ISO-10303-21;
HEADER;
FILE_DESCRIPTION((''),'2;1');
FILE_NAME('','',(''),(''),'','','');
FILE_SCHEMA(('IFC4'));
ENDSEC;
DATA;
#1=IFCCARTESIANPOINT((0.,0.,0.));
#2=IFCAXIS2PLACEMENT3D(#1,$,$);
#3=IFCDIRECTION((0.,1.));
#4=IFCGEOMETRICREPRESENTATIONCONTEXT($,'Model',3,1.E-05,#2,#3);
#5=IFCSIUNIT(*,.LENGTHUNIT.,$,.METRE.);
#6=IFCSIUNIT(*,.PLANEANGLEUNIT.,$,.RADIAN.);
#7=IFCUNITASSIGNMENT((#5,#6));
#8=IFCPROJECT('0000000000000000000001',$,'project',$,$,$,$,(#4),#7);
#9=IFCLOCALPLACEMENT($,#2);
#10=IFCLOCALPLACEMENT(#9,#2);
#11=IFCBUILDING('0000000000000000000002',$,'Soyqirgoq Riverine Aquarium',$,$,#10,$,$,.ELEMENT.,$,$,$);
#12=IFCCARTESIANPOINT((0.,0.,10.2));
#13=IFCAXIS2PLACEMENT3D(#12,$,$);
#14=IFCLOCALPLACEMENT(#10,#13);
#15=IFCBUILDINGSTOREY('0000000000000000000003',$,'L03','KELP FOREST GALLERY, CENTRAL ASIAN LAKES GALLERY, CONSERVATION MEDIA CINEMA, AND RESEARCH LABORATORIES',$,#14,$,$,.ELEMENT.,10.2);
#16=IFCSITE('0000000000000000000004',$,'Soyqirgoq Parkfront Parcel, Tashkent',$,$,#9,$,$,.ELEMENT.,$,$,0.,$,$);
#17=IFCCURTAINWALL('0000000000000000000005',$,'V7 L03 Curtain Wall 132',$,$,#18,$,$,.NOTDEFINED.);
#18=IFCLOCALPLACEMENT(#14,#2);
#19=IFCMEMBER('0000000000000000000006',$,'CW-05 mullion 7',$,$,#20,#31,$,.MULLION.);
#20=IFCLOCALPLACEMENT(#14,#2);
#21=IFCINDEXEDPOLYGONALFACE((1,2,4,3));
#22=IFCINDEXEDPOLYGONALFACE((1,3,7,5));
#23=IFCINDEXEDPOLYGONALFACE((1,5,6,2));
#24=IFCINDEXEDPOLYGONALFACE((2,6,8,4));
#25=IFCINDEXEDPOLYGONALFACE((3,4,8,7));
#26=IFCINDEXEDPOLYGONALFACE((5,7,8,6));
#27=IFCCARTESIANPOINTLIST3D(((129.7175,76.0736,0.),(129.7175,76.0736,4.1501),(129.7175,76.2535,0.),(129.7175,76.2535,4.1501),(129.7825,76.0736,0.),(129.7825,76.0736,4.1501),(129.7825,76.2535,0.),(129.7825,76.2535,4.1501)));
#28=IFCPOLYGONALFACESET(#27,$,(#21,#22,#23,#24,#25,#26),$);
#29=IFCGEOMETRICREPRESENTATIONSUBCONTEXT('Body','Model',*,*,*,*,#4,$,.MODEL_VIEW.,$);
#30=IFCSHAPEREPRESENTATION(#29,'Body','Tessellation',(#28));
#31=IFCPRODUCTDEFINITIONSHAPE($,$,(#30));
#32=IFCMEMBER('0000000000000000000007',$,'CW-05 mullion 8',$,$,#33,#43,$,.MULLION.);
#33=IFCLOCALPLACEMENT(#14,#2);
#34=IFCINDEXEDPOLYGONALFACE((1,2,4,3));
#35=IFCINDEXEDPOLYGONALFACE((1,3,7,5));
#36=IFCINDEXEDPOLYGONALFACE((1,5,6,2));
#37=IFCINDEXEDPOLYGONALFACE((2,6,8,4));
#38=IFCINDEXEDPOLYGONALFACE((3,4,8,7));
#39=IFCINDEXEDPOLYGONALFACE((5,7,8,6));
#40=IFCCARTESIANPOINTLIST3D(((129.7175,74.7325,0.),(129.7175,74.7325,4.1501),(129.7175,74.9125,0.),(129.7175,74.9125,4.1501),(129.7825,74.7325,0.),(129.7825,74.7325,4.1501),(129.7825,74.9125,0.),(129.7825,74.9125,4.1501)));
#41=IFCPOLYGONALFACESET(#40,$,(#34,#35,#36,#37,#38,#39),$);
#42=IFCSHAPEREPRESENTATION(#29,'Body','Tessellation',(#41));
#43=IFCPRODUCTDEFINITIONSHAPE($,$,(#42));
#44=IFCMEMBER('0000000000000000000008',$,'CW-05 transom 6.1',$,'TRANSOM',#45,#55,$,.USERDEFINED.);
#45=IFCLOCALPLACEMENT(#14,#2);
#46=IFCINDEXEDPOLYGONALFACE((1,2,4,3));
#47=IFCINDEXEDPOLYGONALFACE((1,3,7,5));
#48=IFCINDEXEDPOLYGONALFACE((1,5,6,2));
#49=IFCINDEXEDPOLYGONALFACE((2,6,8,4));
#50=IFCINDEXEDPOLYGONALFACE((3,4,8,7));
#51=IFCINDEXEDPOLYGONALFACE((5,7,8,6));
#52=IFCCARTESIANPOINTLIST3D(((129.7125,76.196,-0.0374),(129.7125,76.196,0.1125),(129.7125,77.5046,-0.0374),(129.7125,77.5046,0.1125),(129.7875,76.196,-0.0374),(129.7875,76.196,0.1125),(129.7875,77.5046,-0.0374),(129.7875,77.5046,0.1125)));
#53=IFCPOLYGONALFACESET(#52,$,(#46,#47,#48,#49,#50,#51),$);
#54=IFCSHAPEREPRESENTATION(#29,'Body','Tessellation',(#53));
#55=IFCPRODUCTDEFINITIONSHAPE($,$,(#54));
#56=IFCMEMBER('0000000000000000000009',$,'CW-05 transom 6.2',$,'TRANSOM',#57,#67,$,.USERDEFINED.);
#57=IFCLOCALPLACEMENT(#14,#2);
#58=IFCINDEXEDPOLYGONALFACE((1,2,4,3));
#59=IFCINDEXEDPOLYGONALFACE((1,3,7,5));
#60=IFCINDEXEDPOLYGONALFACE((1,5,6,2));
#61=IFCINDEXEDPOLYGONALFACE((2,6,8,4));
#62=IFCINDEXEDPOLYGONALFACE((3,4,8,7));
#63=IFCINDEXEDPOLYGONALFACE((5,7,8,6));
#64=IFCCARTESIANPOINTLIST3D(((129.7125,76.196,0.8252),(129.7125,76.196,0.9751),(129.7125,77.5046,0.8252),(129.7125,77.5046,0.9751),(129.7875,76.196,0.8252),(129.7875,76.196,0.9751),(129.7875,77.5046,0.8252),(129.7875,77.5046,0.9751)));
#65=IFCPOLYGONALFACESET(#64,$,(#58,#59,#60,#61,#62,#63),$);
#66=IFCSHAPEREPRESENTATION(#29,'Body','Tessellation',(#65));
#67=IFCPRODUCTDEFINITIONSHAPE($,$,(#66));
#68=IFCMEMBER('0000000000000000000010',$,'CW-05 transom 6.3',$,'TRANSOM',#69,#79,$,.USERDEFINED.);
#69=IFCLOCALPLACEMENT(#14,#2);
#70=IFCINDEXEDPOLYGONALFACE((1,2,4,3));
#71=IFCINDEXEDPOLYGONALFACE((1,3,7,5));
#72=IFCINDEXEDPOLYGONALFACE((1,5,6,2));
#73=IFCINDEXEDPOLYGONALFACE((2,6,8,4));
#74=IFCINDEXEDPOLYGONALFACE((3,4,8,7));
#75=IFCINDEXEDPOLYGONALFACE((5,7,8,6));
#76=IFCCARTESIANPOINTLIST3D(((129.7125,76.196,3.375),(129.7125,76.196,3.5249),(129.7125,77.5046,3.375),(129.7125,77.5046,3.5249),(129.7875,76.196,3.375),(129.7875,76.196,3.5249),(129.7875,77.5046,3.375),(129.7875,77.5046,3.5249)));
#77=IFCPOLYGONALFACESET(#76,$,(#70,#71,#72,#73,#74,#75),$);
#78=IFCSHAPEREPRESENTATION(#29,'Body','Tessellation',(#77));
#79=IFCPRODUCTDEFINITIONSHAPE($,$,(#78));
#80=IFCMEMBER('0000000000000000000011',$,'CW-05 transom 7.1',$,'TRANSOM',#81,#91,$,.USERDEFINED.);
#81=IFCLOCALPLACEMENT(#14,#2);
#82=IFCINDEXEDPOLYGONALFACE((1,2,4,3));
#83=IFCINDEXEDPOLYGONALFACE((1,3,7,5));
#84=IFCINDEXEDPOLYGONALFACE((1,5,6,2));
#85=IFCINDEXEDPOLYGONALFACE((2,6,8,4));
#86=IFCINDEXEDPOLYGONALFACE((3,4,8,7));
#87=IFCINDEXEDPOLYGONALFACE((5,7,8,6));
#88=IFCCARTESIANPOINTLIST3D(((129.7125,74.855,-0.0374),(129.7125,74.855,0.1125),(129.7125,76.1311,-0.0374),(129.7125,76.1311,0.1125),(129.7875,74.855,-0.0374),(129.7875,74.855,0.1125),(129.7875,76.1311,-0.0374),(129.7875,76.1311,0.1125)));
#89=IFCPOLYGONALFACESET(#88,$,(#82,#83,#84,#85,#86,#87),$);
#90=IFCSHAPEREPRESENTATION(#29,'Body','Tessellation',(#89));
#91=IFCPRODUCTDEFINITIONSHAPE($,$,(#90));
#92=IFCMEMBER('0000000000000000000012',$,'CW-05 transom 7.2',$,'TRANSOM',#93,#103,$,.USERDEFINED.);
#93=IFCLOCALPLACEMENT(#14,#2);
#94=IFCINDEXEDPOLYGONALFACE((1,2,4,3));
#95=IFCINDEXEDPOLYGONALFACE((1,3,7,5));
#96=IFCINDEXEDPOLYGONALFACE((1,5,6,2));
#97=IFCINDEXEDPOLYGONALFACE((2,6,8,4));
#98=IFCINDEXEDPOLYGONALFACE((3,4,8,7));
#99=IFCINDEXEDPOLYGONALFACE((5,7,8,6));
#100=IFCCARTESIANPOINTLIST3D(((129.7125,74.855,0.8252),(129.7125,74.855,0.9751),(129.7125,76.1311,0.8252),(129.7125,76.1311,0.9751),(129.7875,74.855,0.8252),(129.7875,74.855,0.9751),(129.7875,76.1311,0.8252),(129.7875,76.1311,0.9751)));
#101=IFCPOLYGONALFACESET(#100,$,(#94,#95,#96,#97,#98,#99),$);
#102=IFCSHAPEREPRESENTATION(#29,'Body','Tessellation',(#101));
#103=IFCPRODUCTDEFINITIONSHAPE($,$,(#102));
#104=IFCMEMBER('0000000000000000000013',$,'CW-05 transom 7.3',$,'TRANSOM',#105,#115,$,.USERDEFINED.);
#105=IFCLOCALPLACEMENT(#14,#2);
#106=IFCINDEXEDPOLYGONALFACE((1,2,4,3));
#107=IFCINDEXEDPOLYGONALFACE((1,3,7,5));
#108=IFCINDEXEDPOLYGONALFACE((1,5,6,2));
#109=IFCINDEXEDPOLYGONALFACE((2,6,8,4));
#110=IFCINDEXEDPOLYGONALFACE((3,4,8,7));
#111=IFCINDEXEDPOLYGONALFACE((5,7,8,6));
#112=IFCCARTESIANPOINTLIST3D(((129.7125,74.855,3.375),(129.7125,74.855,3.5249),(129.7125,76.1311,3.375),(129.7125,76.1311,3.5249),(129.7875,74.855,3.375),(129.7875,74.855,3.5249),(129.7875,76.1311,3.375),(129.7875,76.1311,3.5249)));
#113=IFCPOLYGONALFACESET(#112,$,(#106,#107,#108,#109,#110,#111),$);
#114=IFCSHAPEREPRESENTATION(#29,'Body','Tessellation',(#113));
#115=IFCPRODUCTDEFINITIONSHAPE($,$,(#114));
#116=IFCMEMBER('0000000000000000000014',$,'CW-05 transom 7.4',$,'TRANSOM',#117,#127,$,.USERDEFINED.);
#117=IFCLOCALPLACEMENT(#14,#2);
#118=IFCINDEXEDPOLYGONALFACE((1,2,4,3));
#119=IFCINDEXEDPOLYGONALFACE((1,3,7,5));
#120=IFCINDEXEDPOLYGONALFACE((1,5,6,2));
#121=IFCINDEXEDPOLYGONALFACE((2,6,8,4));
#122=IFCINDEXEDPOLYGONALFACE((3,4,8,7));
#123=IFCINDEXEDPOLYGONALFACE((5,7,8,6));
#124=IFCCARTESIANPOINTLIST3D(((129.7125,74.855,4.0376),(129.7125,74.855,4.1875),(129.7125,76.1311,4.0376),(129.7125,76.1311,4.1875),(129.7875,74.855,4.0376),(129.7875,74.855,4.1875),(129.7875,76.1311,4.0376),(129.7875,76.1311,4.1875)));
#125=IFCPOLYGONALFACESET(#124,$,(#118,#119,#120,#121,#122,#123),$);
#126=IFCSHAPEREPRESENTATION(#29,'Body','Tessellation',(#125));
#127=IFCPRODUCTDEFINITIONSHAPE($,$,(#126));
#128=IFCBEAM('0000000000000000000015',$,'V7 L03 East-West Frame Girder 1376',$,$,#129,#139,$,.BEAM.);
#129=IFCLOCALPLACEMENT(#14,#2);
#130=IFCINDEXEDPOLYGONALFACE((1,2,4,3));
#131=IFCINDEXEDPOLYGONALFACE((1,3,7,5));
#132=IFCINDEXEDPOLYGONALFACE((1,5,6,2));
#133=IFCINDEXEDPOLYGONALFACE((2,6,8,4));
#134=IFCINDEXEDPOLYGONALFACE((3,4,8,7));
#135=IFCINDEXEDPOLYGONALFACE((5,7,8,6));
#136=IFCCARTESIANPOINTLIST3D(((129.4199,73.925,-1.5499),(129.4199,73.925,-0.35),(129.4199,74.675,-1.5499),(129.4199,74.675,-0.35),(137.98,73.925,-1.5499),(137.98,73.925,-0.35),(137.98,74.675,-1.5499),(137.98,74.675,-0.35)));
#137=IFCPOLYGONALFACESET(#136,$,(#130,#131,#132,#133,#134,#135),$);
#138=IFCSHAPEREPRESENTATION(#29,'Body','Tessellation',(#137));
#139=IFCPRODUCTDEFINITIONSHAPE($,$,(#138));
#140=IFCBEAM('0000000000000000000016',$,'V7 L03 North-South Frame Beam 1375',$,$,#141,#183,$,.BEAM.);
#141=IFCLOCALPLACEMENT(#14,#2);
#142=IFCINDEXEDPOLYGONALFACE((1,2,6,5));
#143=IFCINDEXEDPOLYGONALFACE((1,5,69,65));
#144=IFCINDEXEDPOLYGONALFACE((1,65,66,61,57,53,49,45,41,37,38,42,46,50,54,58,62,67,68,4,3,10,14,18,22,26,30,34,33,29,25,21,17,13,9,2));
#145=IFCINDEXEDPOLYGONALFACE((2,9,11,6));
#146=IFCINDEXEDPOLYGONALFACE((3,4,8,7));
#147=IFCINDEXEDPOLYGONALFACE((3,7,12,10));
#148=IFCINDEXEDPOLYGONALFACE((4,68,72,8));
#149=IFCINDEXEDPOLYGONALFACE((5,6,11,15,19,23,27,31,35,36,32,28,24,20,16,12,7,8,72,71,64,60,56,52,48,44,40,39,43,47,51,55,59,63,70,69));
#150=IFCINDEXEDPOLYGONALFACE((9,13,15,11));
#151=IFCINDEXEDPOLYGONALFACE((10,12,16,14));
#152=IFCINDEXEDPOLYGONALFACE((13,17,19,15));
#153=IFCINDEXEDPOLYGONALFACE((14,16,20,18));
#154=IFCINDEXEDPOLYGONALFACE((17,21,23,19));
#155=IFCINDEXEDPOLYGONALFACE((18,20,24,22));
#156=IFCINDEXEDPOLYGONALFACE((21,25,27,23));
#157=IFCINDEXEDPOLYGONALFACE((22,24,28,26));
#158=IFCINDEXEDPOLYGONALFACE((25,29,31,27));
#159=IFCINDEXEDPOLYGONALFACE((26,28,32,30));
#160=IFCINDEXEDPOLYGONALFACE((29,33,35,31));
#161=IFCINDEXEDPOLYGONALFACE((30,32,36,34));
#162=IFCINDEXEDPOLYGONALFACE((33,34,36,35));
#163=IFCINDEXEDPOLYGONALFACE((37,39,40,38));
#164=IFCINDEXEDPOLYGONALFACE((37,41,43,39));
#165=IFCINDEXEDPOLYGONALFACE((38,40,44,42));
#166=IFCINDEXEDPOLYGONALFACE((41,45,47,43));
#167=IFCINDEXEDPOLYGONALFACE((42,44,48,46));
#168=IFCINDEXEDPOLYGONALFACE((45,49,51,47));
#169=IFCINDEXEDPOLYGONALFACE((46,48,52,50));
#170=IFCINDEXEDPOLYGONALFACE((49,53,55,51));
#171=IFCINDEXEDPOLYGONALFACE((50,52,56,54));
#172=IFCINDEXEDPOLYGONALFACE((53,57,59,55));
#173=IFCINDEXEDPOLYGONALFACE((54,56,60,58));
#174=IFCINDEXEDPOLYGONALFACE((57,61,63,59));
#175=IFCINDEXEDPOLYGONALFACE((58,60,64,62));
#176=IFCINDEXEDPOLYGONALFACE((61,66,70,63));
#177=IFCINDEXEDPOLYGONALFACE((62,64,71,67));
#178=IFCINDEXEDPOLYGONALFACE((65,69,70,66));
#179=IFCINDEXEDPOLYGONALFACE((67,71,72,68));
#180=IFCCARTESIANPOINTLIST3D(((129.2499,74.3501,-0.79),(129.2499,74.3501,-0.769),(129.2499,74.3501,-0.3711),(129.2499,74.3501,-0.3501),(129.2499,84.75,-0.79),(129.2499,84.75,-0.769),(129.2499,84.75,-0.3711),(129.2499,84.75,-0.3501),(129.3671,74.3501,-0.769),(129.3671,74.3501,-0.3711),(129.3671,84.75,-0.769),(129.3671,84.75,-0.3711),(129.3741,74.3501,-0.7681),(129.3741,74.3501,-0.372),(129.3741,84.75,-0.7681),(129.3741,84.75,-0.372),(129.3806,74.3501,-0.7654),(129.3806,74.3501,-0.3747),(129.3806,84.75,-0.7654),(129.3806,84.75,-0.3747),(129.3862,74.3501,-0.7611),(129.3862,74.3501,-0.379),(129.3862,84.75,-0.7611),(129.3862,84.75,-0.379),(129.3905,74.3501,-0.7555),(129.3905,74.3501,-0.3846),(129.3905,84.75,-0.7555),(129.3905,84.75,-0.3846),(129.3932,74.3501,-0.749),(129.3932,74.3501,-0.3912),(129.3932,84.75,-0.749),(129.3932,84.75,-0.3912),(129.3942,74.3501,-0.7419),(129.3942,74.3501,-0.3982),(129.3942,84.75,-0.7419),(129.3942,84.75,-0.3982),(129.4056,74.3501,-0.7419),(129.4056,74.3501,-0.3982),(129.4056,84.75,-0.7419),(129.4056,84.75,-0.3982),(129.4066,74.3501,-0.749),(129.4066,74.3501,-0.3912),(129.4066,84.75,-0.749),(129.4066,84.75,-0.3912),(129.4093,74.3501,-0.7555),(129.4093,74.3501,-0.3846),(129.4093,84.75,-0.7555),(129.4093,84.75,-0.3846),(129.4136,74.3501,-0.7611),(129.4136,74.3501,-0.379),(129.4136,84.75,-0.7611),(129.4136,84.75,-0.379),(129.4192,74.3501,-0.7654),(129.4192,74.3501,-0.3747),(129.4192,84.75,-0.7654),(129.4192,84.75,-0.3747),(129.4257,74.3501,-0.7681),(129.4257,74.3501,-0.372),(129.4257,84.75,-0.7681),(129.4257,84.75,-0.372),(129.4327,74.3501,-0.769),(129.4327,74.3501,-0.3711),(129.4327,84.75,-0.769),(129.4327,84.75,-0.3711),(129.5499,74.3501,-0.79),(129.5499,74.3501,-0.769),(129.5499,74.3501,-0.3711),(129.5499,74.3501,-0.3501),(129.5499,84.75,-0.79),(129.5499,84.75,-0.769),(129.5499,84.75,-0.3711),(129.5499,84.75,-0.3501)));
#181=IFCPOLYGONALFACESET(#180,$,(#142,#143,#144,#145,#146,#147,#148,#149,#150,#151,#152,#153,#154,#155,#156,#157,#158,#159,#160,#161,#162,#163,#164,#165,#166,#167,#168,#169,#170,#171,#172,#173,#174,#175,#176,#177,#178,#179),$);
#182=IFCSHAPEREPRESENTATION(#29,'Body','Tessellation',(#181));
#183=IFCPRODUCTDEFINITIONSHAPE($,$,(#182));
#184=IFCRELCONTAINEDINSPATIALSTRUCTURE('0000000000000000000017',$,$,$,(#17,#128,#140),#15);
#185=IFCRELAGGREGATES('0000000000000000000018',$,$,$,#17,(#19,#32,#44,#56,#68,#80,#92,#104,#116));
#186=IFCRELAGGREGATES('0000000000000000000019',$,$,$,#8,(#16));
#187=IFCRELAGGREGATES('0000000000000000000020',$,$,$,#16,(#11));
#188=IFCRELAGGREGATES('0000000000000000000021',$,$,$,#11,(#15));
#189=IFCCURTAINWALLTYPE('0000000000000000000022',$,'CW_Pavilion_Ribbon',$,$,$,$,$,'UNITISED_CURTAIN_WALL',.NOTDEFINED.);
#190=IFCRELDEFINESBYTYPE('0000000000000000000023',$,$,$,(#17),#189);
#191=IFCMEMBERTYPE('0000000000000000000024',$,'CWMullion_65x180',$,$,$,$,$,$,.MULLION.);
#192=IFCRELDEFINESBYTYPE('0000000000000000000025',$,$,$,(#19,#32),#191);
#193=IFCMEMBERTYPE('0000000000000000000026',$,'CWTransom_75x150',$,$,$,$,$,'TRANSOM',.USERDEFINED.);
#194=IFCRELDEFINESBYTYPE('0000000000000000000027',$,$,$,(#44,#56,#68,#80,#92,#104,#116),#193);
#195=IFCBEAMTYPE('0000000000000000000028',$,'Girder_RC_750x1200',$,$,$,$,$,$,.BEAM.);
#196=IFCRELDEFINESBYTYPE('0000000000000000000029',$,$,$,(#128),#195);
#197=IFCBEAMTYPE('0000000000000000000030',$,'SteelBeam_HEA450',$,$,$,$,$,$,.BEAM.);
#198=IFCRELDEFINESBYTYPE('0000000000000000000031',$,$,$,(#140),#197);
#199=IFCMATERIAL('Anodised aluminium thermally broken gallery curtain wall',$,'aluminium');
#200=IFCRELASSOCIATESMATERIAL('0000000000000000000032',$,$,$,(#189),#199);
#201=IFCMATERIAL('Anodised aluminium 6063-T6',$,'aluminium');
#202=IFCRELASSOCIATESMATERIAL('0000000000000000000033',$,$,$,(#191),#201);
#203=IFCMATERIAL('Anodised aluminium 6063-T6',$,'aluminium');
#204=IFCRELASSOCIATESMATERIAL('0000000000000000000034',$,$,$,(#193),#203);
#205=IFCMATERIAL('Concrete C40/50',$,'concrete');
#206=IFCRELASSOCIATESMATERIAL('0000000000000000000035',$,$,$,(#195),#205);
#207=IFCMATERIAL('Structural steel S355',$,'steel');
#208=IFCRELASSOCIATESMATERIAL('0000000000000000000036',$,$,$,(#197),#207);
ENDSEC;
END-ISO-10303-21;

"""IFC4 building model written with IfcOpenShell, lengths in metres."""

from ifc_helpers import new_model, si_unit, direction, frame, origin, origin_2d, place, context, subcontext, project, spatial, rectangle, i_section, extrude, material, material_profile, profile_set, type_object, element, aggregate, save


model = new_model("IFC4")

# Units and contexts
model_context = context("Model", 3, precision=1e-05, world=origin(), true_north=direction((0.0, 1.0)))
body_context = subcontext(model_context, "Body", "Model", "MODEL_VIEW")
ifc_project = project(units=[si_unit("LENGTHUNIT", "METRE"), si_unit("PLANEANGLEUNIT", "RADIAN")], contexts=[model_context])

# Site, building, storey
site_placement = place(None, origin())
site = spatial("IfcSite", under=ifc_project, at=site_placement, Name="Soyqirgoq Parkfront Parcel, Tashkent", CompositionType="ELEMENT", RefElevation=0.0)
building_placement = place(site_placement, origin())
building = spatial("IfcBuilding", under=site, at=building_placement, Name="Soyqirgoq Riverine Aquarium", CompositionType="ELEMENT")
storey_placement = place(building_placement, frame((0.0, 0.0, 10.2)))
storey = spatial("IfcBuildingStorey", under=building, at=storey_placement, Name="L03", Description="KELP FOREST GALLERY, CENTRAL ASIAN LAKES GALLERY, CONSERVATION MEDIA CINEMA, AND RESEARCH LABORATORIES", CompositionType="ELEMENT", Elevation=10.2)

# Curtain wall, members
ifc_material_1 = material(Name="Anodised aluminium thermally broken gallery curtain wall", Category="aluminium")
curtain_wall_type = type_object("IfcCurtainWallType", Name="CW_Pavilion_Ribbon", ElementType="UNITISED_CURTAIN_WALL", PredefinedType="NOTDEFINED", material=ifc_material_1)
curtain_wall_placement = place(storey_placement, origin())
curtain_wall = element("IfcCurtainWall", 1, at=curtain_wall_placement, inside=storey, type_object=curtain_wall_type, Name="V7 L03 Curtain Wall 132", PredefinedType="NOTDEFINED")
ifc_material_2 = material(Name="Anodised aluminium 6063-T6", Category="aluminium")
ifc_material_profile_1 = material_profile(ifc_material_2, rectangle(XDim=0.0649, YDim=0.1799, at=origin_2d()), Name="ALU-M 65x180")
ifc_profile_set_1 = profile_set([ifc_material_profile_1], Name="Anodised aluminium 6063-T6")
member_type_1 = type_object("IfcMemberType", Name="CWMullion_65x180", PredefinedType="MULLION", material=ifc_profile_set_1)
member_1_placement = place(storey_placement, frame((129.75, 76.1636, 0.0), z_axis=(0.0, 0.0, 1.0), x_axis=(1.0, 0.0, 0.0)))
member_1 = element("IfcMember", 2, at=member_1_placement, type_object=member_type_1, Name="CW-05 mullion 7", PredefinedType="MULLION", context=body_context, shape_type="SweptSolid", body=[
    extrude(rectangle(XDim=0.0649, YDim=0.1799, at=origin_2d()), origin(), (0.0, 0.0, 1.0), 4.1501),
])
member_2_placement = place(storey_placement, frame((129.75, 74.8225, 0.0), z_axis=(0.0, 0.0, 1.0), x_axis=(1.0, 0.0, 0.0)))
member_2 = element("IfcMember", 3, at=member_2_placement, type_object=member_type_1, Name="CW-05 mullion 8", PredefinedType="MULLION", context=body_context, shape_type="SweptSolid", body=[
    extrude(rectangle(XDim=0.0649, YDim=0.1799, at=origin_2d()), origin(), (0.0, 0.0, 1.0), 4.1501),
])
ifc_material_3 = material(Name="Anodised aluminium 6063-T6", Category="aluminium")
ifc_material_profile_2 = material_profile(ifc_material_3, rectangle(XDim=0.075, YDim=0.1499, at=origin_2d()), Name="ALU-T 75x150")
ifc_profile_set_2 = profile_set([ifc_material_profile_2], Name="Anodised aluminium 6063-T6")
member_type_2 = type_object("IfcMemberType", Name="CWTransom_75x150", ElementType="TRANSOM", PredefinedType="USERDEFINED", material=ifc_profile_set_2)
member_3_placement = place(storey_placement, frame((129.75, 77.5046, 0.0376), z_axis=(0.0, -1.0, 0.0), x_axis=(1.0, 0.0, 0.0)))
member_3 = element("IfcMember", 4, at=member_3_placement, type_object=member_type_2, Name="CW-05 transom 6.1", ObjectType="TRANSOM", PredefinedType="USERDEFINED", context=body_context, shape_type="SweptSolid", body=[
    extrude(rectangle(XDim=0.075, YDim=0.1499, at=origin_2d()), origin(), (0.0, 0.0, 1.0), 1.3086),
])
member_4_placement = place(storey_placement, frame((129.75, 77.5046, 0.9001), z_axis=(0.0, -1.0, 0.0), x_axis=(1.0, 0.0, 0.0)))
member_4 = element("IfcMember", 5, at=member_4_placement, type_object=member_type_2, Name="CW-05 transom 6.2", ObjectType="TRANSOM", PredefinedType="USERDEFINED", context=body_context, shape_type="SweptSolid", body=[
    extrude(rectangle(XDim=0.075, YDim=0.1499, at=origin_2d()), origin(), (0.0, 0.0, 1.0), 1.3086),
])
member_5_placement = place(storey_placement, frame((129.75, 77.5046, 3.45), z_axis=(0.0, -1.0, 0.0), x_axis=(1.0, 0.0, 0.0)))
member_5 = element("IfcMember", 6, at=member_5_placement, type_object=member_type_2, Name="CW-05 transom 6.3", ObjectType="TRANSOM", PredefinedType="USERDEFINED", context=body_context, shape_type="SweptSolid", body=[
    extrude(rectangle(XDim=0.075, YDim=0.1499, at=origin_2d()), origin(), (0.0, 0.0, 1.0), 1.3086),
])
member_6_placement = place(storey_placement, frame((129.75, 76.1311, 0.0376), z_axis=(0.0, -1.0, 0.0), x_axis=(1.0, 0.0, 0.0)))
member_6 = element("IfcMember", 7, at=member_6_placement, type_object=member_type_2, Name="CW-05 transom 7.1", ObjectType="TRANSOM", PredefinedType="USERDEFINED", context=body_context, shape_type="SweptSolid", body=[
    extrude(rectangle(XDim=0.075, YDim=0.1499, at=origin_2d()), origin(), (0.0, 0.0, 1.0), 1.2761),
])
member_7_placement = place(storey_placement, frame((129.75, 76.1311, 0.9001), z_axis=(0.0, -1.0, 0.0), x_axis=(1.0, 0.0, 0.0)))
member_7 = element("IfcMember", 8, at=member_7_placement, type_object=member_type_2, Name="CW-05 transom 7.2", ObjectType="TRANSOM", PredefinedType="USERDEFINED", context=body_context, shape_type="SweptSolid", body=[
    extrude(rectangle(XDim=0.075, YDim=0.1499, at=origin_2d()), origin(), (0.0, 0.0, 1.0), 1.2761),
])
member_8_placement = place(storey_placement, frame((129.75, 76.1311, 3.45), z_axis=(0.0, -1.0, 0.0), x_axis=(1.0, 0.0, 0.0)))
member_8 = element("IfcMember", 9, at=member_8_placement, type_object=member_type_2, Name="CW-05 transom 7.3", ObjectType="TRANSOM", PredefinedType="USERDEFINED", context=body_context, shape_type="SweptSolid", body=[
    extrude(rectangle(XDim=0.075, YDim=0.1499, at=origin_2d()), origin(), (0.0, 0.0, 1.0), 1.2761),
])
member_9_placement = place(storey_placement, frame((129.75, 76.1311, 4.1125), z_axis=(0.0, -1.0, 0.0), x_axis=(1.0, 0.0, 0.0)))
member_9 = element("IfcMember", 10, at=member_9_placement, type_object=member_type_2, Name="CW-05 transom 7.4", ObjectType="TRANSOM", PredefinedType="USERDEFINED", context=body_context, shape_type="SweptSolid", body=[
    extrude(rectangle(XDim=0.075, YDim=0.1499, at=origin_2d()), origin(), (0.0, 0.0, 1.0), 1.2761),
])

# Beams
ifc_material_4 = material(Name="Concrete C40/50", Category="concrete")
ifc_material_profile_3 = material_profile(ifc_material_4, rectangle(XDim=0.75, YDim=1.2, at=origin_2d()), Name="RC 750x1200")
ifc_profile_set_3 = profile_set([ifc_material_profile_3], Name="Concrete C40/50")
beam_type_1 = type_object("IfcBeamType", Name="Girder_RC_750x1200", PredefinedType="BEAM", material=ifc_profile_set_3)
beam_1_placement = place(storey_placement, frame((129.4199, 74.3, -0.95), z_axis=(1.0, 0.0, 0.0), x_axis=(0.0, 1.0, 0.0)))
element("IfcBeam", 11, at=beam_1_placement, inside=storey, type_object=beam_type_1, Name="V7 L03 East-West Frame Girder 1376", PredefinedType="BEAM", context=body_context, shape_type="SweptSolid", body=[
    extrude(rectangle(XDim=0.75, YDim=1.2, at=origin_2d()), origin(), (0.0, 0.0, 1.0), 8.5601),
])
ifc_material_5 = material(Name="Structural steel S355", Category="steel")
ifc_material_profile_4 = material_profile(ifc_material_5, i_section(OverallWidth=0.3, OverallDepth=0.4399, WebThickness=0.0115, FlangeThickness=0.021, FilletRadius=0.0271, at=origin_2d()), Name="HEA 450")
ifc_profile_set_4 = profile_set([ifc_material_profile_4], Name="Structural steel S355")
beam_type_2 = type_object("IfcBeamType", Name="SteelBeam_HEA450", PredefinedType="BEAM", material=ifc_profile_set_4)
beam_2_placement = place(storey_placement, frame((129.3999, 74.3501, -0.5701), z_axis=(0.0, 1.0, 0.0), x_axis=(-1.0, 0.0, 0.0)))
element("IfcBeam", 12, at=beam_2_placement, inside=storey, type_object=beam_type_2, Name="V7 L03 North-South Frame Beam 1375", PredefinedType="BEAM", context=body_context, shape_type="SweptSolid", body=[
    extrude(i_section(OverallWidth=0.3, OverallDepth=0.4399, WebThickness=0.0115, FlangeThickness=0.021, FilletRadius=0.0271, at=origin_2d()), origin(), (0.0, 0.0, 1.0), 10.3999),
])

aggregate(curtain_wall, [member_1, member_2, member_3, member_4, member_5, member_6, member_7, member_8, member_9])

save(model, "model.ifc")
